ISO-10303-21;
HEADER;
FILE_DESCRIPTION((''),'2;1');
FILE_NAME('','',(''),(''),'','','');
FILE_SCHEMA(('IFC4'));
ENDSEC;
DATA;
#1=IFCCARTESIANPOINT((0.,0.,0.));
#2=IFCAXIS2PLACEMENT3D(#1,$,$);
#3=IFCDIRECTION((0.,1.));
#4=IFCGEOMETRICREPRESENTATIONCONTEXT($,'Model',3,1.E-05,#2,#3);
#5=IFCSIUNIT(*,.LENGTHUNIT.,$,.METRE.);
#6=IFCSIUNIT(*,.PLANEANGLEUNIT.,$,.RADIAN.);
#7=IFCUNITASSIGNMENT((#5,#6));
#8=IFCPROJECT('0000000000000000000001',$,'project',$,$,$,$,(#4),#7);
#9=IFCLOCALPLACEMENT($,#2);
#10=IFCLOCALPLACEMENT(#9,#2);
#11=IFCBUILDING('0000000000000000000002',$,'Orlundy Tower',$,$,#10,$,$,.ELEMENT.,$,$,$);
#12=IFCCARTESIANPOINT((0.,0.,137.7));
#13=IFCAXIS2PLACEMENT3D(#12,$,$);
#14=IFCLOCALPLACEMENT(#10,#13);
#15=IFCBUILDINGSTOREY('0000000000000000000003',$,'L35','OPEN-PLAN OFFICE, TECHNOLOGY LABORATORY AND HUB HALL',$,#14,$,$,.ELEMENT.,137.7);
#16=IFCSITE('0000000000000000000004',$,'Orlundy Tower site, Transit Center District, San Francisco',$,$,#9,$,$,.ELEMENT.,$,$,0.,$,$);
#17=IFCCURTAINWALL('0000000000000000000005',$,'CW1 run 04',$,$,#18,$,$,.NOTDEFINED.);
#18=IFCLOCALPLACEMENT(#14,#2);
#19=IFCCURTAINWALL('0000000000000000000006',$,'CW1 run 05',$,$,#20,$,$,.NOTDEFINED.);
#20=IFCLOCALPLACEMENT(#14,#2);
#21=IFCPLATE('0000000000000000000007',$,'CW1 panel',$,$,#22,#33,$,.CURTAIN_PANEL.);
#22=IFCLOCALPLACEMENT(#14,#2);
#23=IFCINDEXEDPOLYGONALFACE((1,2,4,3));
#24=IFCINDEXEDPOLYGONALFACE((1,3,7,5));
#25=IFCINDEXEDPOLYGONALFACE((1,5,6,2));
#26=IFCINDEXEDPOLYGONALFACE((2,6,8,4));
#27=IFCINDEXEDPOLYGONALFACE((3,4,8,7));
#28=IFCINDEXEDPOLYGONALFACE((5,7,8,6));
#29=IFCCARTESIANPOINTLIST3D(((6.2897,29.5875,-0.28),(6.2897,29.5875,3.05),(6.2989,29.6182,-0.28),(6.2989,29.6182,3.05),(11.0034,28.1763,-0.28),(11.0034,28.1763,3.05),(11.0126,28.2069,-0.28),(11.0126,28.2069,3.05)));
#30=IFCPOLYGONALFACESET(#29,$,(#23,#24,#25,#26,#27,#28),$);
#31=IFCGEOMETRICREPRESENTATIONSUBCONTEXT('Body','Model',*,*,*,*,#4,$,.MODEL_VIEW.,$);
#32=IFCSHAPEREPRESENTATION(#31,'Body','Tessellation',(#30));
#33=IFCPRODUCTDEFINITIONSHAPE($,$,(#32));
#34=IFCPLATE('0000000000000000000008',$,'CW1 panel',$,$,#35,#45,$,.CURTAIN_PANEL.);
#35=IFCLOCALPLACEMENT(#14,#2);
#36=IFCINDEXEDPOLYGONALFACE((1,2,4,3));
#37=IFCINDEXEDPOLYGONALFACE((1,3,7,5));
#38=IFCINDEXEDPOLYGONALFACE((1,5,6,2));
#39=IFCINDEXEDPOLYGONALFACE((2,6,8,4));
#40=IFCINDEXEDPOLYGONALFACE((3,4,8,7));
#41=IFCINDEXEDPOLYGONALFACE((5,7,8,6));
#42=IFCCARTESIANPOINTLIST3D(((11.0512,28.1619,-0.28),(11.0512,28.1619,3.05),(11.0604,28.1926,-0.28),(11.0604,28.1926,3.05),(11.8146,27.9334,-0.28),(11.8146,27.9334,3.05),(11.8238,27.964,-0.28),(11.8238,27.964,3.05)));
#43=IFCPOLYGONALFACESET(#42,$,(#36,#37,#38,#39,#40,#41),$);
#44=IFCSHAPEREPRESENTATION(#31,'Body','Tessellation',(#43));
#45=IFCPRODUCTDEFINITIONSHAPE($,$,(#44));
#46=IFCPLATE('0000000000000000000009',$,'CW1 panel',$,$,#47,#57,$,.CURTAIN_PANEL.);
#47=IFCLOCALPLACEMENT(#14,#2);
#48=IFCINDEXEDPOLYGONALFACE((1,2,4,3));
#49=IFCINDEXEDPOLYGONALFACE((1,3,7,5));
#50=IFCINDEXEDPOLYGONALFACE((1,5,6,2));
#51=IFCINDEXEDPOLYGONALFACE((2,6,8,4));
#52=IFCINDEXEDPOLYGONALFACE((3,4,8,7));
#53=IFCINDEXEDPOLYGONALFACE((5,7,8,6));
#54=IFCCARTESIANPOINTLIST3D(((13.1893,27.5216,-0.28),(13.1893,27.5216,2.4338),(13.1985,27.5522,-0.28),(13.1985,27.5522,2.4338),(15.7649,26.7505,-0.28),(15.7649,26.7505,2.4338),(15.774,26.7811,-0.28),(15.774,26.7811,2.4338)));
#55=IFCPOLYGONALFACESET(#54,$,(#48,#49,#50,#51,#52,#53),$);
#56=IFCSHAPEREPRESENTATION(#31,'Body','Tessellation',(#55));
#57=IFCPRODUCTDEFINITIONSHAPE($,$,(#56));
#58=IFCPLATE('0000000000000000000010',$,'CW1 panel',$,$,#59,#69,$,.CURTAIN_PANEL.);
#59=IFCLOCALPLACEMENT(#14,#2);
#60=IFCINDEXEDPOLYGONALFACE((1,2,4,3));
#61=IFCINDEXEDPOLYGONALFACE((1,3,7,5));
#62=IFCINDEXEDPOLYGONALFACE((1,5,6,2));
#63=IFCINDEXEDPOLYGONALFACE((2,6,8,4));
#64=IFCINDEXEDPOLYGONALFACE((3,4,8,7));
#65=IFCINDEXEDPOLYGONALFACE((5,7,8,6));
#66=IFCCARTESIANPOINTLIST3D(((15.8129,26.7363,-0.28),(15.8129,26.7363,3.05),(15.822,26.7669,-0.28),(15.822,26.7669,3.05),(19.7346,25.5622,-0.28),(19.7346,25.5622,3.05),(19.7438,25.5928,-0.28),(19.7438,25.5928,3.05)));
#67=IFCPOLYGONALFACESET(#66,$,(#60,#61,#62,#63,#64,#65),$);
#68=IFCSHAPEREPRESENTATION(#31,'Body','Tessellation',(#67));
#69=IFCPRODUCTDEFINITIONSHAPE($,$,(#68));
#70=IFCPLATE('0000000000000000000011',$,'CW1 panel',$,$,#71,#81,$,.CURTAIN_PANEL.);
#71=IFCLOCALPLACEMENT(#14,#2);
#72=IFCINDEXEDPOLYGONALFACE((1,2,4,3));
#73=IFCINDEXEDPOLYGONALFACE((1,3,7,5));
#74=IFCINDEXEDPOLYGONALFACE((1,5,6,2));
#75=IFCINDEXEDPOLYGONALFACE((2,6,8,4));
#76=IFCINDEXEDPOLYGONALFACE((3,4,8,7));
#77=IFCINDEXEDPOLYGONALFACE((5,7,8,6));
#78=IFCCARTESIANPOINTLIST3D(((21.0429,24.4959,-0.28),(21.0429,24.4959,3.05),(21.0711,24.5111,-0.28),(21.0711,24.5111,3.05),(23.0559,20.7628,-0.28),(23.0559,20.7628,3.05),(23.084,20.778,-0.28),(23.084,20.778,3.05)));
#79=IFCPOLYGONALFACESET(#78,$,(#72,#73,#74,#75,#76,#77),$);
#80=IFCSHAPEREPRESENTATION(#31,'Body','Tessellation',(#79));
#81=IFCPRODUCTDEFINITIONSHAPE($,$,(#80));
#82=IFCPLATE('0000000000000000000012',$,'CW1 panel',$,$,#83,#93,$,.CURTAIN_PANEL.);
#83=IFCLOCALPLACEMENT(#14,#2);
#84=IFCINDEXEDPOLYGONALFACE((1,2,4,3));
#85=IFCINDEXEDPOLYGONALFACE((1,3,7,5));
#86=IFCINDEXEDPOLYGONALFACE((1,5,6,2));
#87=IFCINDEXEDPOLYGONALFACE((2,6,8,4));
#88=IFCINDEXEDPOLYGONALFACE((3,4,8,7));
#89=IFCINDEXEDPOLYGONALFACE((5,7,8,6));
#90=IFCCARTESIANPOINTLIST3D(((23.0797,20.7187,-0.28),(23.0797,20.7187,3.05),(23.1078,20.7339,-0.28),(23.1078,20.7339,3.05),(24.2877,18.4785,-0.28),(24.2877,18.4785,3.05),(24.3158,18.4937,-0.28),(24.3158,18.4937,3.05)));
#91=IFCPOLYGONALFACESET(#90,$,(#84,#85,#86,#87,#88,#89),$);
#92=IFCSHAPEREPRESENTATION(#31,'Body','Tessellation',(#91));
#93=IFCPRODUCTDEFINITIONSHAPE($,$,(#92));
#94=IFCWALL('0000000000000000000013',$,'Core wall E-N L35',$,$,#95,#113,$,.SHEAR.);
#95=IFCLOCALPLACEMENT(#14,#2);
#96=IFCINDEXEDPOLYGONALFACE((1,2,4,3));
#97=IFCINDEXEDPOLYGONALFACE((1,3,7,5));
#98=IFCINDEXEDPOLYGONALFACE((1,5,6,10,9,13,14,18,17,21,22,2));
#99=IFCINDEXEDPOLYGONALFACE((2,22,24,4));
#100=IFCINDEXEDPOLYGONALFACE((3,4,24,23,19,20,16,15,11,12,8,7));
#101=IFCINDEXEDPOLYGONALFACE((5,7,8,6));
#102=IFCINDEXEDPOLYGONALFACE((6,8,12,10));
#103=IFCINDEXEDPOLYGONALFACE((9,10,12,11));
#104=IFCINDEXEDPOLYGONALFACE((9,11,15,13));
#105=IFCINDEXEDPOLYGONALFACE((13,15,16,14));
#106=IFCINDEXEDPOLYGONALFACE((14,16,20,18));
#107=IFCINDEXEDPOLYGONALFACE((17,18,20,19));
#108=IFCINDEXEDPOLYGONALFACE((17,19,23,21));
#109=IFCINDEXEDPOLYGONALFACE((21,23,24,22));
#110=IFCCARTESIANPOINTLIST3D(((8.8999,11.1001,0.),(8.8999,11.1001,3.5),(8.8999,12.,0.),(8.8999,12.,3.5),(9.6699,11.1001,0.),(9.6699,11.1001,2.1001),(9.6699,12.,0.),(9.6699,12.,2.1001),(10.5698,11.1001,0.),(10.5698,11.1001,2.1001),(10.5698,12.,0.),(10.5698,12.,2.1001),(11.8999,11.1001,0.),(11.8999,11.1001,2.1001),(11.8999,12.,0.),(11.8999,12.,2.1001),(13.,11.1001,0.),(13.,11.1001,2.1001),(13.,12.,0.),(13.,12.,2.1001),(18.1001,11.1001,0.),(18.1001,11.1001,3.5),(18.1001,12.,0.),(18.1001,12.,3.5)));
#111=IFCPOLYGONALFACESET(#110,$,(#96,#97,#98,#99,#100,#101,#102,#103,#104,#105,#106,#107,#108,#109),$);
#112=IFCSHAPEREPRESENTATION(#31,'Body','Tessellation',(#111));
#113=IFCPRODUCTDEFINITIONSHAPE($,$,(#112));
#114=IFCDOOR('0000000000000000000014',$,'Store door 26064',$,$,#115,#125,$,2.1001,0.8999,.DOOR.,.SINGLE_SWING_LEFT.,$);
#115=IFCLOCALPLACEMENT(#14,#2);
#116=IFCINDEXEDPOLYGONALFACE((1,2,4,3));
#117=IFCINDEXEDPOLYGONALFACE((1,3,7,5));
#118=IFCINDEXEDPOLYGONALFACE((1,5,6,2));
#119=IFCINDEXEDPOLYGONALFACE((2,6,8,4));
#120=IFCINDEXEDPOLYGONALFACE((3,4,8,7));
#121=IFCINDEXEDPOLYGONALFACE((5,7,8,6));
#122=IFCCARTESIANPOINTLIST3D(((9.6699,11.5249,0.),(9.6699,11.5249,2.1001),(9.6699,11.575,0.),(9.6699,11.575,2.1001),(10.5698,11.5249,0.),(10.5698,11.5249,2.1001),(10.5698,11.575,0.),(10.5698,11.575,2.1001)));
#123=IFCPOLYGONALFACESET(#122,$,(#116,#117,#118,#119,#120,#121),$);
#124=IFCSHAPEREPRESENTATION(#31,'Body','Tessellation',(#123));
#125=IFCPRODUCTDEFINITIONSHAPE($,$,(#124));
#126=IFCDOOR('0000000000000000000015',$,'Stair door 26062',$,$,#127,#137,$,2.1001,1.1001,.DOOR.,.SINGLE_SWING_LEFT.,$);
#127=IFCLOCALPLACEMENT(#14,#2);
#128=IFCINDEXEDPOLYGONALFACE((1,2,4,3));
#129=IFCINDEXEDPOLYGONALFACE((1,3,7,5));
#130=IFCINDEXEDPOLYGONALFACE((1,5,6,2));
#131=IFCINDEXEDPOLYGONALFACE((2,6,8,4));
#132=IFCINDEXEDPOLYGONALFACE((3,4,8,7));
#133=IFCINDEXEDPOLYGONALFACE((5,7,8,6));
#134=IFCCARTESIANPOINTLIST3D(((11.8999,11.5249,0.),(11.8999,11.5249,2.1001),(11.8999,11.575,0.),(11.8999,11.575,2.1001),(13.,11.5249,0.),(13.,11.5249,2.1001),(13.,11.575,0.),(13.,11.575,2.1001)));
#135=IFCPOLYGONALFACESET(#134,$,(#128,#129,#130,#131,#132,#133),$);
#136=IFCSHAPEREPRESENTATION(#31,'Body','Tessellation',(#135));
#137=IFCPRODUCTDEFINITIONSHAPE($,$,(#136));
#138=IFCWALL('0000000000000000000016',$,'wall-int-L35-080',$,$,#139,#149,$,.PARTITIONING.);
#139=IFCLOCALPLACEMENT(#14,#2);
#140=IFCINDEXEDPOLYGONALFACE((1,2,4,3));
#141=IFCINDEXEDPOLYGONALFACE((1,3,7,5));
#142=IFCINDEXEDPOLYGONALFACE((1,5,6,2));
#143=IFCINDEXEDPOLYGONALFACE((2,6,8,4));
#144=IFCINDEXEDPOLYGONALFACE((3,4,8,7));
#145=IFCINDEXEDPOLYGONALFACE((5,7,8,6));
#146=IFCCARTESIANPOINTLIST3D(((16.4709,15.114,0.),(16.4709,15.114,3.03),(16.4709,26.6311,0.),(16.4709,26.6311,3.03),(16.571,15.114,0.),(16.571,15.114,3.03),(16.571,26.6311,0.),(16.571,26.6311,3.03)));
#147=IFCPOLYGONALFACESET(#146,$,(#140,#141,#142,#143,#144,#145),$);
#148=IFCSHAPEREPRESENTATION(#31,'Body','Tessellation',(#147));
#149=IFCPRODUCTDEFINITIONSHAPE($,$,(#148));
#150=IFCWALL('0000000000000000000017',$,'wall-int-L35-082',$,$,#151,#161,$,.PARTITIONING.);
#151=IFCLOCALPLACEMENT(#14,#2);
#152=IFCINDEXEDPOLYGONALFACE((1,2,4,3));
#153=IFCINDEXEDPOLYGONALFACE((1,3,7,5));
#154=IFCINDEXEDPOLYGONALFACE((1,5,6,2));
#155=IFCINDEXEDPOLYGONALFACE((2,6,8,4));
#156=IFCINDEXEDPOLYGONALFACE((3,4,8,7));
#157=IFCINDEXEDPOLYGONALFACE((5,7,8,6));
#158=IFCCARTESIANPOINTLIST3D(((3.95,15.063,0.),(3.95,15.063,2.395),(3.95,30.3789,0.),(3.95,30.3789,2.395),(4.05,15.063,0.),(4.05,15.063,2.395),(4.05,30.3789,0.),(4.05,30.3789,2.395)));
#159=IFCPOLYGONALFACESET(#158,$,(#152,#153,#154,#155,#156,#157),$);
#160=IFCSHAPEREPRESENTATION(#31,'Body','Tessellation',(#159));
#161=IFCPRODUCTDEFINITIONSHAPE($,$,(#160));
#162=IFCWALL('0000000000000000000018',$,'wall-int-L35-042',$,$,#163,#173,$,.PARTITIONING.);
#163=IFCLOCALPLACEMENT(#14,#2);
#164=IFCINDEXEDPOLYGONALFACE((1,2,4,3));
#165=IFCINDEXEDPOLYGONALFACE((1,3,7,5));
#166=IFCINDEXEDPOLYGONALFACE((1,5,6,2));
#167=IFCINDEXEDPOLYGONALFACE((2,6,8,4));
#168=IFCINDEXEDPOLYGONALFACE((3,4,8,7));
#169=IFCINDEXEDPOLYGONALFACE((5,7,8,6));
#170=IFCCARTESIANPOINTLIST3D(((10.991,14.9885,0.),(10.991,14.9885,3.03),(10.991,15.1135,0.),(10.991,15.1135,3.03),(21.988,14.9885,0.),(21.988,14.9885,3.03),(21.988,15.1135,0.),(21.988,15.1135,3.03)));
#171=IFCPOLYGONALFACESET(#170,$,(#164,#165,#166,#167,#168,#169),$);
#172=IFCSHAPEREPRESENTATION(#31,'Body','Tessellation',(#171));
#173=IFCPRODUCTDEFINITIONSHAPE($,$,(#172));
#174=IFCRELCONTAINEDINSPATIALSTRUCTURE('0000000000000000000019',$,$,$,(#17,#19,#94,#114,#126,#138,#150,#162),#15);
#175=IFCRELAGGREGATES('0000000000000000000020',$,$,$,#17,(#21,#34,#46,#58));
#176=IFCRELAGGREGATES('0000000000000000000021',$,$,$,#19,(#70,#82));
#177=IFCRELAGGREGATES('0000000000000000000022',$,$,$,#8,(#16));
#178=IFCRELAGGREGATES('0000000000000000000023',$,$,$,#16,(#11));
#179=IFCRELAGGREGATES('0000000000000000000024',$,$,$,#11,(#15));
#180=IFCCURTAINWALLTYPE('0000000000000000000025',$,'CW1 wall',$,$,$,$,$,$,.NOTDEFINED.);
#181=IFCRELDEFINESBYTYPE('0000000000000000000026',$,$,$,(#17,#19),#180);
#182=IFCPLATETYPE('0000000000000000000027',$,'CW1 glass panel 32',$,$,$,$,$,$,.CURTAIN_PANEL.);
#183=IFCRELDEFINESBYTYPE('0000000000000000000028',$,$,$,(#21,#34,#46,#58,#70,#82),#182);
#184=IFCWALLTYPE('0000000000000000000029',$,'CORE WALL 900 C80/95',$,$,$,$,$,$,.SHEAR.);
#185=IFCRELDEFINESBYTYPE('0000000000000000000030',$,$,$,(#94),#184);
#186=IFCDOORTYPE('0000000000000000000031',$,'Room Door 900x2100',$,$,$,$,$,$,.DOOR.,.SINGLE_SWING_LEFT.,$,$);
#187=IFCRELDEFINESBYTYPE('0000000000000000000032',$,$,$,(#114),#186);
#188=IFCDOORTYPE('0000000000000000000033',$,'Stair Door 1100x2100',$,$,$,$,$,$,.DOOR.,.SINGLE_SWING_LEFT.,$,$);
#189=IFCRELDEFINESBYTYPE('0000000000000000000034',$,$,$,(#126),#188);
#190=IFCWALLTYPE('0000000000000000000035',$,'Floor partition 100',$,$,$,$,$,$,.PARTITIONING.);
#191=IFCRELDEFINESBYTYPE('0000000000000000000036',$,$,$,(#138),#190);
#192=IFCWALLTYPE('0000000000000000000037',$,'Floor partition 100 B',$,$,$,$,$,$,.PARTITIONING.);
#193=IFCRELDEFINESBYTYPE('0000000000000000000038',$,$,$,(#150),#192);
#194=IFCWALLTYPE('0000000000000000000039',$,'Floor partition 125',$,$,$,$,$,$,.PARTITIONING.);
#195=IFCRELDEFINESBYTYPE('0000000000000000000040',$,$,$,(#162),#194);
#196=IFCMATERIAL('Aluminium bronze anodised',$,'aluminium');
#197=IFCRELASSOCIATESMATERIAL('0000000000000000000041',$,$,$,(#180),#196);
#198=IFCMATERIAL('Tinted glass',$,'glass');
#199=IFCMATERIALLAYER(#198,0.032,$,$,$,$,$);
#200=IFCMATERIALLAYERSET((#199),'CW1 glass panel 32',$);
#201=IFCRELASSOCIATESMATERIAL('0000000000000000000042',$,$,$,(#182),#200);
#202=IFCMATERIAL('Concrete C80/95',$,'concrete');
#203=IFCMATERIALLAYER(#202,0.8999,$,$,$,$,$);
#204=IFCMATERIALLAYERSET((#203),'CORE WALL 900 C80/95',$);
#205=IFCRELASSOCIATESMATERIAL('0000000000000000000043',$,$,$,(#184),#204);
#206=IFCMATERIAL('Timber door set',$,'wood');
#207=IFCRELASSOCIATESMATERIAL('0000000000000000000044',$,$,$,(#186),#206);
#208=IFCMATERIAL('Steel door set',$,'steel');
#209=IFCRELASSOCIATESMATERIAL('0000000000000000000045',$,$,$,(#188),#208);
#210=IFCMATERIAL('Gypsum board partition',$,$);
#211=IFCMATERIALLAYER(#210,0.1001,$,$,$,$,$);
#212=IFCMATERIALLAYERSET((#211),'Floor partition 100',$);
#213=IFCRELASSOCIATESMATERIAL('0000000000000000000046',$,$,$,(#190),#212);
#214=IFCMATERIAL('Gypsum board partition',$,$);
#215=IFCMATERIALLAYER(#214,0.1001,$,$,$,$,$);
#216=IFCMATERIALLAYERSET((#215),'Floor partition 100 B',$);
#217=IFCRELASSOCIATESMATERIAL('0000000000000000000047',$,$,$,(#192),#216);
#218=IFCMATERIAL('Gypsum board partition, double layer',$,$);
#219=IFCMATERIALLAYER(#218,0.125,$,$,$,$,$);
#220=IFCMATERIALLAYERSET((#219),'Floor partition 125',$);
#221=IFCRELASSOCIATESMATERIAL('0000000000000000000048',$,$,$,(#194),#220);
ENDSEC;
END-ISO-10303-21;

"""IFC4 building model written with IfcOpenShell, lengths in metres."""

from ifc_helpers import new_model, si_unit, direction, frame, frame_2d, origin, origin_2d, place, context, subcontext, project, spatial, rectangle, extrude, material, layer, layer_set, type_object, element, fill, aggregate, save


model = new_model("IFC4")

# Units and contexts
model_context = context("Model", 3, precision=1e-05, world=origin(), true_north=direction((0.0, 1.0)))
body_context = subcontext(model_context, "Body", "Model", "MODEL_VIEW")
ifc_project = project(units=[si_unit("LENGTHUNIT", "METRE"), si_unit("PLANEANGLEUNIT", "RADIAN")], contexts=[model_context])

# Site, building, storey
site_placement = place(None, origin())
site = spatial("IfcSite", under=ifc_project, at=site_placement, Name="Orlundy Tower site, Transit Center District, San Francisco", CompositionType="ELEMENT", RefElevation=0.0)
building_placement = place(site_placement, origin())
building = spatial("IfcBuilding", under=site, at=building_placement, Name="Orlundy Tower", CompositionType="ELEMENT")
storey_placement = place(building_placement, frame((0.0, 0.0, 137.7)))
storey = spatial("IfcBuildingStorey", under=building, at=storey_placement, Name="L35", Description="OPEN-PLAN OFFICE, TECHNOLOGY LABORATORY AND HUB HALL", CompositionType="ELEMENT", Elevation=137.7)

# Curtain wall
ifc_material_1 = material(Name="Aluminium bronze anodised", Category="aluminium")
curtain_wall_type = type_object("IfcCurtainWallType", Name="CW1 wall", PredefinedType="NOTDEFINED", material=ifc_material_1)
curtain_wall_1_placement = place(storey_placement, origin())
curtain_wall_1 = element("IfcCurtainWall", 1, at=curtain_wall_1_placement, inside=storey, type_object=curtain_wall_type, Name="CW1 run 04", PredefinedType="NOTDEFINED")

# Curtain wall
curtain_wall_2_placement = place(storey_placement, origin())
curtain_wall_2 = element("IfcCurtainWall", 2, at=curtain_wall_2_placement, inside=storey, type_object=curtain_wall_type, Name="CW1 run 05", PredefinedType="NOTDEFINED")

# Plates
ifc_material_2 = material(Name="Tinted glass", Category="glass")
ifc_layer_1 = layer(ifc_material_2, 0.032)
ifc_layer_set_1 = layer_set([ifc_layer_1], Name="CW1 glass panel 32")
plate_type = type_object("IfcPlateType", Name="CW1 glass panel 32", PredefinedType="CURTAIN_PANEL", material=ifc_layer_set_1)
plate_1_placement = place(storey_placement, frame((8.6511, 28.8972, -0.28), z_axis=(0.0, 0.0, 1.0), x_axis=(0.957986, -0.286816, 0.0)))
plate_1 = element("IfcPlate", 3, at=plate_1_placement, type_object=plate_type, Name="CW1 panel", PredefinedType="CURTAIN_PANEL", context=body_context, shape_type="SweptSolid", body=[
    extrude(rectangle(XDim=4.9204, YDim=0.032, at=origin_2d()), origin(), (0.0, 0.0, 1.0), 3.3301),
])
plate_2_placement = place(storey_placement, frame((11.4375, 28.063, -0.28), z_axis=(0.0, 0.0, 1.0), x_axis=(0.957986, -0.286816, 0.0)))
plate_2 = element("IfcPlate", 4, at=plate_2_placement, type_object=plate_type, Name="CW1 panel", PredefinedType="CURTAIN_PANEL", context=body_context, shape_type="SweptSolid", body=[
    extrude(rectangle(XDim=0.7969, YDim=0.032, at=origin_2d()), origin(), (0.0, 0.0, 1.0), 3.3301),
])
plate_3_placement = place(storey_placement, frame((14.4817, 27.1514, -0.28), z_axis=(0.0, 0.0, 1.0), x_axis=(0.957986, -0.286816, 0.0)))
plate_3 = element("IfcPlate", 5, at=plate_3_placement, type_object=plate_type, Name="CW1 panel", PredefinedType="CURTAIN_PANEL", context=body_context, shape_type="SweptSolid", body=[
    extrude(rectangle(XDim=2.6885, YDim=0.032, at=origin_2d()), origin(), (0.0, 0.0, 1.0), 2.7139),
])
plate_4_placement = place(storey_placement, frame((17.7783, 26.1646, -0.28), z_axis=(0.0, 0.0, 1.0), x_axis=(0.957986, -0.286816, 0.0)))
plate_4 = element("IfcPlate", 6, at=plate_4_placement, type_object=plate_type, Name="CW1 panel", PredefinedType="CURTAIN_PANEL", context=body_context, shape_type="SweptSolid", body=[
    extrude(rectangle(XDim=4.0938, YDim=0.032, at=origin_2d()), origin(), (0.0, 0.0, 1.0), 3.3301),
])
aggregate(curtain_wall_1, [plate_1, plate_2, plate_3, plate_4])
plate_5_placement = place(storey_placement, frame((22.0635, 22.637, -0.28), z_axis=(0.0, 0.0, 1.0), x_axis=(0.474624, -0.880189, 0.0)))
plate_5 = element("IfcPlate", 7, at=plate_5_placement, type_object=plate_type, Name="CW1 panel", PredefinedType="CURTAIN_PANEL", context=body_context, shape_type="SweptSolid", body=[
    extrude(rectangle(XDim=4.2412, YDim=0.032, at=origin_2d()), origin(), (0.0, 0.0, 1.0), 3.3301),
])
plate_6_placement = place(storey_placement, frame((23.6978, 19.6062, -0.28), z_axis=(0.0, 0.0, 1.0), x_axis=(0.474624, -0.880189, 0.0)))
plate_6 = element("IfcPlate", 8, at=plate_6_placement, type_object=plate_type, Name="CW1 panel", PredefinedType="CURTAIN_PANEL", context=body_context, shape_type="SweptSolid", body=[
    extrude(rectangle(XDim=2.5452, YDim=0.032, at=origin_2d()), origin(), (0.0, 0.0, 1.0), 3.3301),
])
aggregate(curtain_wall_2, [plate_5, plate_6])

# Wall, openings, doors
ifc_material_3 = material(Name="Concrete C80/95", Category="concrete")
ifc_layer_2 = layer(ifc_material_3, 0.8999)
ifc_layer_set_2 = layer_set([ifc_layer_2], Name="CORE WALL 900 C80/95")
wall_type_1 = type_object("IfcWallType", Name="CORE WALL 900 C80/95", PredefinedType="SHEAR", material=ifc_layer_set_2)
wall_1_placement = place(storey_placement, frame((8.8999, 11.55, 0.0), z_axis=(0.0, 0.0, 1.0), x_axis=(1.0, 0.0, 0.0)))
wall_1 = element("IfcWall", 9, at=wall_1_placement, inside=storey, type_object=wall_type_1, Name="Core wall E-N L35", PredefinedType="SHEAR", context=body_context, shape_type="SweptSolid", body=[
    extrude(rectangle(XDim=9.2002, YDim=0.8999, at=frame_2d((4.6001, 0.0))), origin(), (0.0, 0.0, 1.0), 3.5),
])
opening_1_placement = place(wall_1_placement, frame((3.0, 0.0, 0.0)))
opening_1 = element("IfcOpeningElement", 10, at=opening_1_placement, cuts=wall_1, PredefinedType="OPENING", context=body_context, shape_type="SweptSolid", body=[
    extrude(rectangle(XDim=1.1001, YDim=2.1001, at=frame_2d((0.55, 1.05))), frame((0.0, 0.46, 0.0), z_axis=(0.0, -1.0, 0.0), x_axis=(1.0, 0.0, 0.0)), (0.0, 0.0, 1.0), 0.9199),
])
opening_2_placement = place(wall_1_placement, frame((0.77, 0.0, 0.0)))
opening_2 = element("IfcOpeningElement", 11, at=opening_2_placement, cuts=wall_1, PredefinedType="OPENING", context=body_context, shape_type="SweptSolid", body=[
    extrude(rectangle(XDim=0.8999, YDim=2.1001, at=frame_2d((0.45, 1.05))), frame((0.0, 0.46, 0.0), z_axis=(0.0, -1.0, 0.0), x_axis=(1.0, 0.0, 0.0)), (0.0, 0.0, 1.0), 0.9199),
])
ifc_material_4 = material(Name="Timber door set", Category="wood")
door_type_1 = type_object("IfcDoorType", Name="Room Door 900x2100", OperationType="SINGLE_SWING_LEFT", PredefinedType="DOOR", material=ifc_material_4)
door_1_placement = place(opening_2_placement, origin())
door_1 = element("IfcDoor", 12, at=door_1_placement, inside=storey, type_object=door_type_1, Name="Store door 26064", OperationType="SINGLE_SWING_LEFT", OverallHeight=2.1001, OverallWidth=0.8999, PredefinedType="DOOR", context=body_context, shape_type="SweptSolid", body=[
    extrude(rectangle(XDim=0.8999, YDim=2.1001, at=frame_2d((0.45, 1.05))), frame((0.0, 0.0249, 0.0), z_axis=(0.0, -1.0, 0.0), x_axis=(1.0, 0.0, 0.0)), (0.0, 0.0, 1.0), 0.05),
])
fill(opening_2, door_1)
ifc_material_5 = material(Name="Steel door set", Category="steel")
door_type_2 = type_object("IfcDoorType", Name="Stair Door 1100x2100", OperationType="SINGLE_SWING_LEFT", PredefinedType="DOOR", material=ifc_material_5)
door_2_placement = place(opening_1_placement, origin())
door_2 = element("IfcDoor", 13, at=door_2_placement, inside=storey, type_object=door_type_2, Name="Stair door 26062", OperationType="SINGLE_SWING_LEFT", OverallHeight=2.1001, OverallWidth=1.1001, PredefinedType="DOOR", context=body_context, shape_type="SweptSolid", body=[
    extrude(rectangle(XDim=1.1001, YDim=2.1001, at=frame_2d((0.55, 1.05))), frame((0.0, 0.0249, 0.0), z_axis=(0.0, -1.0, 0.0), x_axis=(1.0, 0.0, 0.0)), (0.0, 0.0, 1.0), 0.05),
])
fill(opening_1, door_2)

# Walls
ifc_material_6 = material(Name="Gypsum board partition")
ifc_layer_3 = layer(ifc_material_6, 0.1001)
ifc_layer_set_3 = layer_set([ifc_layer_3], Name="Floor partition 100")
wall_type_2 = type_object("IfcWallType", Name="Floor partition 100", PredefinedType="PARTITIONING", material=ifc_layer_set_3)
wall_2_placement = place(storey_placement, frame((16.521, 15.114, 0.0), z_axis=(0.0, 0.0, 1.0), x_axis=(0.0, 1.0, 0.0)))
element("IfcWall", 14, at=wall_2_placement, inside=storey, type_object=wall_type_2, Name="wall-int-L35-080", PredefinedType="PARTITIONING", context=body_context, shape_type="SweptSolid", body=[
    extrude(rectangle(XDim=11.5171, YDim=0.1001, at=frame_2d((5.7585, 0.0))), origin(), (0.0, 0.0, 1.0), 3.03),
])
ifc_material_7 = material(Name="Gypsum board partition")
ifc_layer_4 = layer(ifc_material_7, 0.1001)
ifc_layer_set_4 = layer_set([ifc_layer_4], Name="Floor partition 100 B")
wall_type_3 = type_object("IfcWallType", Name="Floor partition 100 B", PredefinedType="PARTITIONING", material=ifc_layer_set_4)
wall_3_placement = place(storey_placement, frame((4.0, 15.063, 0.0), z_axis=(0.0, 0.0, 1.0), x_axis=(0.0, 1.0, 0.0)))
element("IfcWall", 15, at=wall_3_placement, inside=storey, type_object=wall_type_3, Name="wall-int-L35-082", PredefinedType="PARTITIONING", context=body_context, shape_type="SweptSolid", body=[
    extrude(rectangle(XDim=15.3159, YDim=0.1001, at=frame_2d((7.658, 0.0))), origin(), (0.0, 0.0, 1.0), 2.395),
])
ifc_material_8 = material(Name="Gypsum board partition, double layer")
ifc_layer_5 = layer(ifc_material_8, 0.125)
ifc_layer_set_5 = layer_set([ifc_layer_5], Name="Floor partition 125")
wall_type_4 = type_object("IfcWallType", Name="Floor partition 125", PredefinedType="PARTITIONING", material=ifc_layer_set_5)
wall_4_placement = place(storey_placement, frame((10.991, 15.051, 0.0), z_axis=(0.0, 0.0, 1.0), x_axis=(1.0, 0.0, 0.0)))
element("IfcWall", 16, at=wall_4_placement, inside=storey, type_object=wall_type_4, Name="wall-int-L35-042", PredefinedType="PARTITIONING", context=body_context, shape_type="SweptSolid", body=[
    extrude(rectangle(XDim=10.9971, YDim=0.125, at=frame_2d((5.4985, 0.0))), origin(), (0.0, 0.0, 1.0), 3.03),
])

save(model, "model.ifc")
